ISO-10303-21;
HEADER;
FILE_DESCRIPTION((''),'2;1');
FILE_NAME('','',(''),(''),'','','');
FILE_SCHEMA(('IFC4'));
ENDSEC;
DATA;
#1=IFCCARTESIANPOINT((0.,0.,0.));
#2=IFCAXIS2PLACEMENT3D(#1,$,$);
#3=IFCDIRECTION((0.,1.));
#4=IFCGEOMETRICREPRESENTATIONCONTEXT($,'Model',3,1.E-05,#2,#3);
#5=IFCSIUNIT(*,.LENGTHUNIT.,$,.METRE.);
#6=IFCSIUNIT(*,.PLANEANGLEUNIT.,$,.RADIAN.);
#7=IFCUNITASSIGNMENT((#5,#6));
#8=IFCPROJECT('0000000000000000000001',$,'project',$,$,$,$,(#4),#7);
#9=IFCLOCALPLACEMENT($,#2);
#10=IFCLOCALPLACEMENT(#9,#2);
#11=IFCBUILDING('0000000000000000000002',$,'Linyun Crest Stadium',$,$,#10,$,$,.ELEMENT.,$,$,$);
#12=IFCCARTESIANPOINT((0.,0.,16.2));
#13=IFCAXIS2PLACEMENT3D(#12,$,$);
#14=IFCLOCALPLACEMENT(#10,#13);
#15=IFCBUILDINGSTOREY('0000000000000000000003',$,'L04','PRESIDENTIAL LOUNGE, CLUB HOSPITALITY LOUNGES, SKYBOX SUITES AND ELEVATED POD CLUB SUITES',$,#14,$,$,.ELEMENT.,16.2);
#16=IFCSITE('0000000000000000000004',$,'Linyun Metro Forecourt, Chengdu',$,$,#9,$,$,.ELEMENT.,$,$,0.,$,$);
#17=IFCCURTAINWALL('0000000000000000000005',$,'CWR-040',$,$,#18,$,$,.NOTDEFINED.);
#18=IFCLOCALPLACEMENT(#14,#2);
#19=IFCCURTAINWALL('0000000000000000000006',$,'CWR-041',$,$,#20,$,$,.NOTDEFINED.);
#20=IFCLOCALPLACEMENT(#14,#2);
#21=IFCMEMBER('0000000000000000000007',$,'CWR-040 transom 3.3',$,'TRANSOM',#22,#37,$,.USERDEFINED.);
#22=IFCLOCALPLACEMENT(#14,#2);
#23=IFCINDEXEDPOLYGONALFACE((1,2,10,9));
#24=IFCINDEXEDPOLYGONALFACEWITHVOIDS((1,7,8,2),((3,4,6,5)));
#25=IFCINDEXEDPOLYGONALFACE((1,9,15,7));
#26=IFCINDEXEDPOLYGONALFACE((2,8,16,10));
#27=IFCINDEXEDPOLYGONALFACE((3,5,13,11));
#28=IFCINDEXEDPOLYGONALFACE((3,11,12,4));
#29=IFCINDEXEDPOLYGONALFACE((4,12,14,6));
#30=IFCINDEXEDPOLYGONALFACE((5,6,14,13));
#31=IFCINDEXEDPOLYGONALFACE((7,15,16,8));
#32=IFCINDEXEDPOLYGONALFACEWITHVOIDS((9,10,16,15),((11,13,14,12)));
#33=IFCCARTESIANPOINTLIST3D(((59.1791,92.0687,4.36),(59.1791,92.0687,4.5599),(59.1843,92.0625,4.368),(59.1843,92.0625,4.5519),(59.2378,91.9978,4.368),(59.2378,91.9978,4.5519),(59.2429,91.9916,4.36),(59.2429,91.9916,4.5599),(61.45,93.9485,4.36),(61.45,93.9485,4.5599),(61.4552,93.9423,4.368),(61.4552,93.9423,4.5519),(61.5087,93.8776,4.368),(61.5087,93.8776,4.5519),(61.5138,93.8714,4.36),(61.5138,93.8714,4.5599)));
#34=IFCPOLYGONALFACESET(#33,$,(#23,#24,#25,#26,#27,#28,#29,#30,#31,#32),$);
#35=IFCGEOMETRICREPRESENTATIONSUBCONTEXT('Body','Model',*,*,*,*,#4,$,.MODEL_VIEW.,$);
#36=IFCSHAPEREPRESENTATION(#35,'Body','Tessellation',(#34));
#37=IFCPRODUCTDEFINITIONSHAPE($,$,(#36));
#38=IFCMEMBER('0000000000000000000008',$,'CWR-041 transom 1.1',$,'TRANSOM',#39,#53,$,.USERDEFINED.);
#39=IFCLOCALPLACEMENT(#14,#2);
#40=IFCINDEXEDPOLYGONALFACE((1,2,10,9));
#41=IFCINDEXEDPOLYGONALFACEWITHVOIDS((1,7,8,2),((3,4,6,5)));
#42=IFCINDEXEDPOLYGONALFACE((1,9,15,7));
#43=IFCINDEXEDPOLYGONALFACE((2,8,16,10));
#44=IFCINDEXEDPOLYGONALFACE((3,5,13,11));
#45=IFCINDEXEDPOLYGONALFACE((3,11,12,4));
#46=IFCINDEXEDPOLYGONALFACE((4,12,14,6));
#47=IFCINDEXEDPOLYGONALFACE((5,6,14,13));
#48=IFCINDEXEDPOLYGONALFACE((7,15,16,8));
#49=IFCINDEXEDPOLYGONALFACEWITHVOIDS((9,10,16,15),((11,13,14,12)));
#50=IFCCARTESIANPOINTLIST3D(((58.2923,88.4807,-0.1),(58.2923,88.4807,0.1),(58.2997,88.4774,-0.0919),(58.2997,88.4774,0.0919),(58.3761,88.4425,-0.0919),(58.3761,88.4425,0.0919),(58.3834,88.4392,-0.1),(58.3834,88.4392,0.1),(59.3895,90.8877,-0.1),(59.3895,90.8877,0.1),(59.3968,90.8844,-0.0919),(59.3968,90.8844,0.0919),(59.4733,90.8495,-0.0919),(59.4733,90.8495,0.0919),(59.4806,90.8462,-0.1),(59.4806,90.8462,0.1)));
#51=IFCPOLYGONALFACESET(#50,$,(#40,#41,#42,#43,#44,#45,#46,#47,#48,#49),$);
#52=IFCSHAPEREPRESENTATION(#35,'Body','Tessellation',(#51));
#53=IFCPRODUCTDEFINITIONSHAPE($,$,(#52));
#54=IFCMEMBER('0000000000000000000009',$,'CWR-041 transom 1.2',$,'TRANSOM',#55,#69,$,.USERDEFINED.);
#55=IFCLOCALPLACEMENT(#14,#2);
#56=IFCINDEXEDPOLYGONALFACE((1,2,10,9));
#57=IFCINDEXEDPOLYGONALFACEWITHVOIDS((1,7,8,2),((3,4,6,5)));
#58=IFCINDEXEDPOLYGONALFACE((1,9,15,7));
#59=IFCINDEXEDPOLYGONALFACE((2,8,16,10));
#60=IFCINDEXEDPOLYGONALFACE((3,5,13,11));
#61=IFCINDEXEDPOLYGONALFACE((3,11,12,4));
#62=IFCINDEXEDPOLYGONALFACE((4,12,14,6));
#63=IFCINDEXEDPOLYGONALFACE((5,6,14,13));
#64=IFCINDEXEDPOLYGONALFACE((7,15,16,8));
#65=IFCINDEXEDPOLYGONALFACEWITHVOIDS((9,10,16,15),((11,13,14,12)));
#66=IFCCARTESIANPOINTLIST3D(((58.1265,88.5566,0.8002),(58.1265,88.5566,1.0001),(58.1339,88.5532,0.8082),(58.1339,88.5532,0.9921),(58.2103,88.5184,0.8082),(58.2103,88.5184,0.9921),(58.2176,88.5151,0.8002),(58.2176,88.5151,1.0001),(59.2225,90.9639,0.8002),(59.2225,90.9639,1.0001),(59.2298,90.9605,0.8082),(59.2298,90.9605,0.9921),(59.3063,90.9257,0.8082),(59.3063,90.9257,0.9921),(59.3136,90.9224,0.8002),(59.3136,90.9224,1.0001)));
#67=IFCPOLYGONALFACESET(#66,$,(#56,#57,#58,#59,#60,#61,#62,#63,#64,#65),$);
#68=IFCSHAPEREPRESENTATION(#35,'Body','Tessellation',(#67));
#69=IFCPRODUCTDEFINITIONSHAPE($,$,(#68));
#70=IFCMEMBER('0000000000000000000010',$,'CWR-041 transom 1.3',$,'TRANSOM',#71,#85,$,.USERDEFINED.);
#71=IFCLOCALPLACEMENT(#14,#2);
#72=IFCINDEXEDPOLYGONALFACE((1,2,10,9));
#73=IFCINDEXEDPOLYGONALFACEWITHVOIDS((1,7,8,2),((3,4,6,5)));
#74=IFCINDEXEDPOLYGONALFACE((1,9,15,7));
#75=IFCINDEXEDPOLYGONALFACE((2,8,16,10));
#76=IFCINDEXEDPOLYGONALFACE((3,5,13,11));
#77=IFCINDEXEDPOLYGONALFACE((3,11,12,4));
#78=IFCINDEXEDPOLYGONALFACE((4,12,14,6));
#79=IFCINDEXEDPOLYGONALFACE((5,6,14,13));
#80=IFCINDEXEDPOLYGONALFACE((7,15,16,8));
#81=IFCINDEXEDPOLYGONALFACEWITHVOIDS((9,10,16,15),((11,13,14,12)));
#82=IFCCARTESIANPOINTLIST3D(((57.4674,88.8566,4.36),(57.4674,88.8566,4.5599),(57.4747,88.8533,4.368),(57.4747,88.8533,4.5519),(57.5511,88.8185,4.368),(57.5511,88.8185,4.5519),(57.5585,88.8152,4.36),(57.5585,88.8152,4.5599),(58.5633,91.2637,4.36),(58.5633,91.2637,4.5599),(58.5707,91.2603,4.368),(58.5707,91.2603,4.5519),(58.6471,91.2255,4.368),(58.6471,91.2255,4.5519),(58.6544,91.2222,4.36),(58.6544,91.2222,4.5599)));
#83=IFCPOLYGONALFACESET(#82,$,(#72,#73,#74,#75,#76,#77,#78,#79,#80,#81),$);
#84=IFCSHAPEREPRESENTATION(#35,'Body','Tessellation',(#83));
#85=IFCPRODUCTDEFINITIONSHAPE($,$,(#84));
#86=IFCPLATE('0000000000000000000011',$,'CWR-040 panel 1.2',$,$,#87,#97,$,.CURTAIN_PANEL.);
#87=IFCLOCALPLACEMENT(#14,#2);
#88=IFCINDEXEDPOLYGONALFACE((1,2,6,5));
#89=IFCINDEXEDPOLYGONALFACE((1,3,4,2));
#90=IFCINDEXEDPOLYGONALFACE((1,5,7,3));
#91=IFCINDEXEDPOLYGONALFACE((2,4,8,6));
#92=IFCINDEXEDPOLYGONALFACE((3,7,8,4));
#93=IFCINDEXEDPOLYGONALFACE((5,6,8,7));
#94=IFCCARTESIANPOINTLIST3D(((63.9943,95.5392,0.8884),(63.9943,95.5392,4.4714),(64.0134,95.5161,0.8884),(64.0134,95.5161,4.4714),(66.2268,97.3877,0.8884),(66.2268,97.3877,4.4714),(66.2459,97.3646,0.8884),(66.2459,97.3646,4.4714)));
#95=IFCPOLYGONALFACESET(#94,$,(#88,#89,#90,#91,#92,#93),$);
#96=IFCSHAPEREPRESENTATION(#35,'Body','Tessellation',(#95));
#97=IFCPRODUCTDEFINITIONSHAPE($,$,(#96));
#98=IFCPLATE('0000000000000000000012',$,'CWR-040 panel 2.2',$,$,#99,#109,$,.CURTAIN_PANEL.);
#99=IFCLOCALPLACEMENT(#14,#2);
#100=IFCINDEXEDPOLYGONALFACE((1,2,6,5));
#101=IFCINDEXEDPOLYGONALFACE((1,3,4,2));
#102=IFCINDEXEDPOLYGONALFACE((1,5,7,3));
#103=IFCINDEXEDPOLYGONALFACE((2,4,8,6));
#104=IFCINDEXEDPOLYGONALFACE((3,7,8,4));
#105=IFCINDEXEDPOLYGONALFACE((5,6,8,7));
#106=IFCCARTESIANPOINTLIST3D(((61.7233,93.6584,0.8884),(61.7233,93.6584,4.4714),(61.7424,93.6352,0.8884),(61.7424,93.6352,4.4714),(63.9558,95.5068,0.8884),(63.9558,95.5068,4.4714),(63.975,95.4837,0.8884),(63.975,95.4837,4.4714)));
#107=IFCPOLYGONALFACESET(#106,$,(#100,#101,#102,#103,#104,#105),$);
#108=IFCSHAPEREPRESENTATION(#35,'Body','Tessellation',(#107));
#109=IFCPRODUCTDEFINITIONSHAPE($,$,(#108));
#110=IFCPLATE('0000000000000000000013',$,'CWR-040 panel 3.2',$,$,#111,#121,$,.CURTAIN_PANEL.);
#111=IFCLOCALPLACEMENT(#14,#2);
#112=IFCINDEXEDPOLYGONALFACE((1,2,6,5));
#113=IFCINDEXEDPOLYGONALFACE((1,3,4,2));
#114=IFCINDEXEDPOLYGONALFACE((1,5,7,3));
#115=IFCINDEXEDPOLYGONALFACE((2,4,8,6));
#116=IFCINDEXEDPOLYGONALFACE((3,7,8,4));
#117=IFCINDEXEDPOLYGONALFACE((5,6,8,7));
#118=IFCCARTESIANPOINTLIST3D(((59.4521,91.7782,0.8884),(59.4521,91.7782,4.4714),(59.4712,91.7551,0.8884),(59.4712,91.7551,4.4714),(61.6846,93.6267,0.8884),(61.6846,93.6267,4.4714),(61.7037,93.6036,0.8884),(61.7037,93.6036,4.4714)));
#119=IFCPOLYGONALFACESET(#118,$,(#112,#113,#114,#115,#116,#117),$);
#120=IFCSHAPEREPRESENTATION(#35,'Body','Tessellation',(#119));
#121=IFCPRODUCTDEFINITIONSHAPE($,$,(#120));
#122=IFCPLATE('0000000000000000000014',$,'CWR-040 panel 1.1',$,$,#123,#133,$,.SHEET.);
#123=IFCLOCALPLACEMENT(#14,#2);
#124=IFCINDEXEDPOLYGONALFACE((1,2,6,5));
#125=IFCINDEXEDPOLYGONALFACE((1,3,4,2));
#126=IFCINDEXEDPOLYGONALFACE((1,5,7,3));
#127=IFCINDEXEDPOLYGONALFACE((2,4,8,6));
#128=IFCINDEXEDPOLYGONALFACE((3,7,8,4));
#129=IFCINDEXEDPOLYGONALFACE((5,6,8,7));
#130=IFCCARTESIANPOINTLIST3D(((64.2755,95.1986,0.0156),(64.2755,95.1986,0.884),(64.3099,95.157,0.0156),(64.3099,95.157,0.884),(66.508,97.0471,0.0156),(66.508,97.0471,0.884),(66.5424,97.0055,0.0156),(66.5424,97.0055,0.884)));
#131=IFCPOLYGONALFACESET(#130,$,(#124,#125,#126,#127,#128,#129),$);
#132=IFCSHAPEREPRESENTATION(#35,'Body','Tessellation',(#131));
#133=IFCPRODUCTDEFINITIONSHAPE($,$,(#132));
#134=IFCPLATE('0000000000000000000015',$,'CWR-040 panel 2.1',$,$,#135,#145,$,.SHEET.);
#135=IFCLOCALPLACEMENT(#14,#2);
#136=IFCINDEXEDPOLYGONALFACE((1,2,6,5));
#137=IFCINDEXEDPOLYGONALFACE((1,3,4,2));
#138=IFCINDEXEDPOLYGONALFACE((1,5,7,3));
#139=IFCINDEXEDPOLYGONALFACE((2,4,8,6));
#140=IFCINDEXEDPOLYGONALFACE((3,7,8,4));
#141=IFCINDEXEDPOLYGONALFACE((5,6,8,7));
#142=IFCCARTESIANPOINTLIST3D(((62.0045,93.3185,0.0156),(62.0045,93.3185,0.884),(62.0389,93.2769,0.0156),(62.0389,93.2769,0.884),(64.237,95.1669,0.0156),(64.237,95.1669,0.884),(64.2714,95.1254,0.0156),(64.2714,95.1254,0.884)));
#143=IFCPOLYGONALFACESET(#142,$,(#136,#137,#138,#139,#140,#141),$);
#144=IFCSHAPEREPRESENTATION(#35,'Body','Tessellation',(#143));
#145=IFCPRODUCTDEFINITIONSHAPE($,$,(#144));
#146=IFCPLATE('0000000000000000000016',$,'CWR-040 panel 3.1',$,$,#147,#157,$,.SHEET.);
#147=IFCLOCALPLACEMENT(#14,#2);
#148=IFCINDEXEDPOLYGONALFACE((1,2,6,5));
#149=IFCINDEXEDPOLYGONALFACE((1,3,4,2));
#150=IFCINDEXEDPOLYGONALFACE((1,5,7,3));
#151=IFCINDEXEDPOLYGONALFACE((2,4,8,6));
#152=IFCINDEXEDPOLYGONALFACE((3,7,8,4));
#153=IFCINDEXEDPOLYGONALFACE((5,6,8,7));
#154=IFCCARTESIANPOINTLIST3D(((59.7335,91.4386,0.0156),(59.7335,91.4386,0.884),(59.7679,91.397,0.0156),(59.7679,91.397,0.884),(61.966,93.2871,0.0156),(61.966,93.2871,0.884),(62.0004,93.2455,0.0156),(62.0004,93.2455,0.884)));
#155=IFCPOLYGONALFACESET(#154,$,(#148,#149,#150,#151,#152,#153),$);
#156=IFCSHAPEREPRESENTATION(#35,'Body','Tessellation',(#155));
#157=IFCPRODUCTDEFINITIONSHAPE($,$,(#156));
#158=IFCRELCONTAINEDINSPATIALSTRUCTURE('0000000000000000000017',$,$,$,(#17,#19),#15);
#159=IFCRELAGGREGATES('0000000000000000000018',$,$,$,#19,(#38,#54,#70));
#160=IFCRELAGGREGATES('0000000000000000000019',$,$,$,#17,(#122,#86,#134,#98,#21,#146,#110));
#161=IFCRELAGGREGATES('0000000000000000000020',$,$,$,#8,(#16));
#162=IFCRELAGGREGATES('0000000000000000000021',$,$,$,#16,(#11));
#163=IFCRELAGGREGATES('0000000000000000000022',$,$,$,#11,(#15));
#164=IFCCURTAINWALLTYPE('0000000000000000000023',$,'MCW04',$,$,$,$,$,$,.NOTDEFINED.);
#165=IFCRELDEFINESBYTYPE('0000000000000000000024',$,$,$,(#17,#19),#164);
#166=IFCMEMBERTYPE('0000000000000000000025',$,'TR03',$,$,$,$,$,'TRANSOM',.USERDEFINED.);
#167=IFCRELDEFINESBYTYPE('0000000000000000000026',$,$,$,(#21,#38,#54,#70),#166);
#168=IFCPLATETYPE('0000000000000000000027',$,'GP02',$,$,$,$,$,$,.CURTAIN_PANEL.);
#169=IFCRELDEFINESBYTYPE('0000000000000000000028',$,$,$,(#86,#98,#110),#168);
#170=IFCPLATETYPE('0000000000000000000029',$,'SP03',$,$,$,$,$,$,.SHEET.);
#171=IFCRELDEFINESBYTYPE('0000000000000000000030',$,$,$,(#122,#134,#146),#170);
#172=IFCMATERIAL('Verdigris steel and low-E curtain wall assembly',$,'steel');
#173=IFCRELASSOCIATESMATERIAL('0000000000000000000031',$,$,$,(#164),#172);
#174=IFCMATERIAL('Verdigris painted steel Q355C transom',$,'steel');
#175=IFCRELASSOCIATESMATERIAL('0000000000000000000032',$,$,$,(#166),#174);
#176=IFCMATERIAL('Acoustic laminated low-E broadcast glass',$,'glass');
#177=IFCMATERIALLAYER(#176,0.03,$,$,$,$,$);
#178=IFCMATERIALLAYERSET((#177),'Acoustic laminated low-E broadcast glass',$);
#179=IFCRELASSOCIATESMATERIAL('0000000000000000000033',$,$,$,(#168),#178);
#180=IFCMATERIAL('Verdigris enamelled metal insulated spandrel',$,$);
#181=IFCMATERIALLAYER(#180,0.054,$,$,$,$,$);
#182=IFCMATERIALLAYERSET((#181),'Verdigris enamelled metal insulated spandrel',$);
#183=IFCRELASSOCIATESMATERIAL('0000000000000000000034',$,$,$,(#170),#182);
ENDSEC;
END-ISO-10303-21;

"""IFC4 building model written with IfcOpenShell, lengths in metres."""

from ifc_helpers import new_model, si_unit, direction, frame, origin, origin_2d, place, context, subcontext, project, spatial, rectangle, hollow_rectangle, extrude, material, layer, layer_set, material_profile, profile_set, type_object, element, aggregate, save


model = new_model("IFC4")

# Units and contexts
model_context = context("Model", 3, precision=1e-05, world=origin(), true_north=direction((0.0, 1.0)))
body_context = subcontext(model_context, "Body", "Model", "MODEL_VIEW")
ifc_project = project(units=[si_unit("LENGTHUNIT", "METRE"), si_unit("PLANEANGLEUNIT", "RADIAN")], contexts=[model_context])

# Site, building, storey
site_placement = place(None, origin())
site = spatial("IfcSite", under=ifc_project, at=site_placement, Name="Linyun Metro Forecourt, Chengdu", CompositionType="ELEMENT", RefElevation=0.0)
building_placement = place(site_placement, origin())
building = spatial("IfcBuilding", under=site, at=building_placement, Name="Linyun Crest Stadium", CompositionType="ELEMENT")
storey_placement = place(building_placement, frame((0.0, 0.0, 16.2)))
storey = spatial("IfcBuildingStorey", under=building, at=storey_placement, Name="L04", Description="PRESIDENTIAL LOUNGE, CLUB HOSPITALITY LOUNGES, SKYBOX SUITES AND ELEVATED POD CLUB SUITES", CompositionType="ELEMENT", Elevation=16.2)

# Shared definitions
ifc_material_1 = material(Name="Verdigris steel and low-E curtain wall assembly", Category="steel")
curtain_wall_type = type_object("IfcCurtainWallType", Name="MCW04", PredefinedType="NOTDEFINED", material=ifc_material_1)

# Curtain wall
curtain_wall_1_placement = place(storey_placement, origin())
curtain_wall_1 = element("IfcCurtainWall", 1, at=curtain_wall_1_placement, inside=storey, type_object=curtain_wall_type, Name="CWR-040", PredefinedType="NOTDEFINED")

# Curtain wall
curtain_wall_2_placement = place(storey_placement, origin())
curtain_wall_2 = element("IfcCurtainWall", 2, at=curtain_wall_2_placement, inside=storey, type_object=curtain_wall_type, Name="CWR-041", PredefinedType="NOTDEFINED")

# Members
ifc_material_2 = material(Name="Verdigris painted steel Q355C transom", Category="steel")
ifc_material_profile_1 = material_profile(ifc_material_2, hollow_rectangle(XDim=0.1001, YDim=0.2, WallThickness=0.0081, at=origin_2d()), Name="RHS 200x100x8")
ifc_profile_set_1 = profile_set([ifc_material_profile_1], Name="Verdigris painted steel Q355C transom")
member_type_1 = type_object("IfcMemberType", Name="TR03", ElementType="TRANSOM", PredefinedType="USERDEFINED", material=ifc_profile_set_1)
member_1_placement = place(storey_placement, frame((61.4819, 93.9099, 4.46), z_axis=(-0.770321, -0.637656, 0.0), x_axis=(0.637656, -0.770321, 0.0)))
member_1 = element("IfcMember", 3, at=member_1_placement, type_object=member_type_1, Name="CWR-040 transom 3.3", ObjectType="TRANSOM", PredefinedType="USERDEFINED", context=body_context, shape_type="SweptSolid", body=[
    extrude(hollow_rectangle(XDim=0.1001, YDim=0.2, WallThickness=0.0081, at=origin_2d()), origin(), (0.0, 0.0, 1.0), 2.948),
])
member_2_placement = place(storey_placement, frame((59.4351, 90.8669, 0.0), z_axis=(-0.414769, -0.909927, 0.0), x_axis=(0.909927, -0.414769, 0.0)))
member_2 = element("IfcMember", 4, at=member_2_placement, type_object=member_type_1, Name="CWR-041 transom 1.1", ObjectType="TRANSOM", PredefinedType="USERDEFINED", context=body_context, shape_type="SweptSolid", body=[
    extrude(hollow_rectangle(XDim=0.1001, YDim=0.2, WallThickness=0.0081, at=origin_2d()), origin(), (0.0, 0.0, 1.0), 2.6453),
])
member_3_placement = place(storey_placement, frame((59.2681, 90.9431, 0.9001), z_axis=(-0.414352, -0.910117, 0.0), x_axis=(0.910117, -0.414352, 0.0)))
member_3 = element("IfcMember", 5, at=member_3_placement, type_object=member_type_1, Name="CWR-041 transom 1.2", ObjectType="TRANSOM", PredefinedType="USERDEFINED", context=body_context, shape_type="SweptSolid", body=[
    extrude(hollow_rectangle(XDim=0.1001, YDim=0.2, WallThickness=0.0081, at=origin_2d()), origin(), (0.0, 0.0, 1.0), 2.645),
])
member_4_placement = place(storey_placement, frame((58.6089, 91.2429, 4.46), z_axis=(-0.414387, -0.910101, 0.0), x_axis=(0.910101, -0.414387, 0.0)))
member_4 = element("IfcMember", 6, at=member_4_placement, type_object=member_type_1, Name="CWR-041 transom 1.3", ObjectType="TRANSOM", PredefinedType="USERDEFINED", context=body_context, shape_type="SweptSolid", body=[
    extrude(hollow_rectangle(XDim=0.1001, YDim=0.2, WallThickness=0.0081, at=origin_2d()), origin(), (0.0, 0.0, 1.0), 2.6448),
])
aggregate(curtain_wall_2, [member_2, member_3, member_4])

# Plates
ifc_material_3 = material(Name="Acoustic laminated low-E broadcast glass", Category="glass")
ifc_layer_1 = layer(ifc_material_3, 0.03)
ifc_layer_set_1 = layer_set([ifc_layer_1], Name="Acoustic laminated low-E broadcast glass")
plate_type_1 = type_object("IfcPlateType", Name="GP02", PredefinedType="CURTAIN_PANEL", material=ifc_layer_set_1)
plate_1_placement = place(storey_placement, frame((65.1201, 96.4519, 0.8884), z_axis=(0.0, 0.0, 1.0), x_axis=(-0.770246, -0.637747, 0.0)))
plate_1 = element("IfcPlate", 7, at=plate_1_placement, type_object=plate_type_1, Name="CWR-040 panel 1.2", PredefinedType="CURTAIN_PANEL", context=body_context, shape_type="SweptSolid", body=[
    extrude(rectangle(XDim=2.8984, YDim=0.03, at=origin_2d()), origin(), (0.0, 0.0, 1.0), 3.583),
])
plate_2_placement = place(storey_placement, frame((62.8491, 94.571, 0.8884), z_axis=(0.0, 0.0, 1.0), x_axis=(-0.770246, -0.637747, 0.0)))
plate_2 = element("IfcPlate", 8, at=plate_2_placement, type_object=plate_type_1, Name="CWR-040 panel 2.2", PredefinedType="CURTAIN_PANEL", context=body_context, shape_type="SweptSolid", body=[
    extrude(rectangle(XDim=2.8984, YDim=0.03, at=origin_2d()), origin(), (0.0, 0.0, 1.0), 3.583),
])
plate_3_placement = place(storey_placement, frame((60.5779, 92.6909, 0.8884), z_axis=(0.0, 0.0, 1.0), x_axis=(-0.770246, -0.637747, 0.0)))
plate_3 = element("IfcPlate", 9, at=plate_3_placement, type_object=plate_type_1, Name="CWR-040 panel 3.2", PredefinedType="CURTAIN_PANEL", context=body_context, shape_type="SweptSolid", body=[
    extrude(rectangle(XDim=2.8984, YDim=0.03, at=origin_2d()), origin(), (0.0, 0.0, 1.0), 3.583),
])
ifc_material_4 = material(Name="Verdigris enamelled metal insulated spandrel")
ifc_layer_2 = layer(ifc_material_4, 0.054)
ifc_layer_set_2 = layer_set([ifc_layer_2], Name="Verdigris enamelled metal insulated spandrel")
plate_type_2 = type_object("IfcPlateType", Name="SP03", PredefinedType="SHEET", material=ifc_layer_set_2)
plate_4_placement = place(storey_placement, frame((65.4089, 96.1021, 0.0156), z_axis=(0.0, 0.0, 1.0), x_axis=(-0.770246, -0.637747, 0.0)))
plate_4 = element("IfcPlate", 10, at=plate_4_placement, type_object=plate_type_2, Name="CWR-040 panel 1.1", PredefinedType="SHEET", context=body_context, shape_type="SweptSolid", body=[
    extrude(rectangle(XDim=2.8984, YDim=0.054, at=origin_2d()), origin(), (0.0, 0.0, 1.0), 0.8684),
])
plate_5_placement = place(storey_placement, frame((63.1379, 94.2219, 0.0156), z_axis=(0.0, 0.0, 1.0), x_axis=(-0.770246, -0.637747, 0.0)))
plate_5 = element("IfcPlate", 11, at=plate_5_placement, type_object=plate_type_2, Name="CWR-040 panel 2.1", PredefinedType="SHEET", context=body_context, shape_type="SweptSolid", body=[
    extrude(rectangle(XDim=2.8984, YDim=0.054, at=origin_2d()), origin(), (0.0, 0.0, 1.0), 0.8684),
])
plate_6_placement = place(storey_placement, frame((60.8669, 92.342, 0.0156), z_axis=(0.0, 0.0, 1.0), x_axis=(-0.770246, -0.637747, 0.0)))
plate_6 = element("IfcPlate", 12, at=plate_6_placement, type_object=plate_type_2, Name="CWR-040 panel 3.1", PredefinedType="SHEET", context=body_context, shape_type="SweptSolid", body=[
    extrude(rectangle(XDim=2.8984, YDim=0.054, at=origin_2d()), origin(), (0.0, 0.0, 1.0), 0.8684),
])
aggregate(curtain_wall_1, [plate_4, plate_1, plate_5, plate_2, member_1, plate_6, plate_3])

save(model, "model.ifc")
